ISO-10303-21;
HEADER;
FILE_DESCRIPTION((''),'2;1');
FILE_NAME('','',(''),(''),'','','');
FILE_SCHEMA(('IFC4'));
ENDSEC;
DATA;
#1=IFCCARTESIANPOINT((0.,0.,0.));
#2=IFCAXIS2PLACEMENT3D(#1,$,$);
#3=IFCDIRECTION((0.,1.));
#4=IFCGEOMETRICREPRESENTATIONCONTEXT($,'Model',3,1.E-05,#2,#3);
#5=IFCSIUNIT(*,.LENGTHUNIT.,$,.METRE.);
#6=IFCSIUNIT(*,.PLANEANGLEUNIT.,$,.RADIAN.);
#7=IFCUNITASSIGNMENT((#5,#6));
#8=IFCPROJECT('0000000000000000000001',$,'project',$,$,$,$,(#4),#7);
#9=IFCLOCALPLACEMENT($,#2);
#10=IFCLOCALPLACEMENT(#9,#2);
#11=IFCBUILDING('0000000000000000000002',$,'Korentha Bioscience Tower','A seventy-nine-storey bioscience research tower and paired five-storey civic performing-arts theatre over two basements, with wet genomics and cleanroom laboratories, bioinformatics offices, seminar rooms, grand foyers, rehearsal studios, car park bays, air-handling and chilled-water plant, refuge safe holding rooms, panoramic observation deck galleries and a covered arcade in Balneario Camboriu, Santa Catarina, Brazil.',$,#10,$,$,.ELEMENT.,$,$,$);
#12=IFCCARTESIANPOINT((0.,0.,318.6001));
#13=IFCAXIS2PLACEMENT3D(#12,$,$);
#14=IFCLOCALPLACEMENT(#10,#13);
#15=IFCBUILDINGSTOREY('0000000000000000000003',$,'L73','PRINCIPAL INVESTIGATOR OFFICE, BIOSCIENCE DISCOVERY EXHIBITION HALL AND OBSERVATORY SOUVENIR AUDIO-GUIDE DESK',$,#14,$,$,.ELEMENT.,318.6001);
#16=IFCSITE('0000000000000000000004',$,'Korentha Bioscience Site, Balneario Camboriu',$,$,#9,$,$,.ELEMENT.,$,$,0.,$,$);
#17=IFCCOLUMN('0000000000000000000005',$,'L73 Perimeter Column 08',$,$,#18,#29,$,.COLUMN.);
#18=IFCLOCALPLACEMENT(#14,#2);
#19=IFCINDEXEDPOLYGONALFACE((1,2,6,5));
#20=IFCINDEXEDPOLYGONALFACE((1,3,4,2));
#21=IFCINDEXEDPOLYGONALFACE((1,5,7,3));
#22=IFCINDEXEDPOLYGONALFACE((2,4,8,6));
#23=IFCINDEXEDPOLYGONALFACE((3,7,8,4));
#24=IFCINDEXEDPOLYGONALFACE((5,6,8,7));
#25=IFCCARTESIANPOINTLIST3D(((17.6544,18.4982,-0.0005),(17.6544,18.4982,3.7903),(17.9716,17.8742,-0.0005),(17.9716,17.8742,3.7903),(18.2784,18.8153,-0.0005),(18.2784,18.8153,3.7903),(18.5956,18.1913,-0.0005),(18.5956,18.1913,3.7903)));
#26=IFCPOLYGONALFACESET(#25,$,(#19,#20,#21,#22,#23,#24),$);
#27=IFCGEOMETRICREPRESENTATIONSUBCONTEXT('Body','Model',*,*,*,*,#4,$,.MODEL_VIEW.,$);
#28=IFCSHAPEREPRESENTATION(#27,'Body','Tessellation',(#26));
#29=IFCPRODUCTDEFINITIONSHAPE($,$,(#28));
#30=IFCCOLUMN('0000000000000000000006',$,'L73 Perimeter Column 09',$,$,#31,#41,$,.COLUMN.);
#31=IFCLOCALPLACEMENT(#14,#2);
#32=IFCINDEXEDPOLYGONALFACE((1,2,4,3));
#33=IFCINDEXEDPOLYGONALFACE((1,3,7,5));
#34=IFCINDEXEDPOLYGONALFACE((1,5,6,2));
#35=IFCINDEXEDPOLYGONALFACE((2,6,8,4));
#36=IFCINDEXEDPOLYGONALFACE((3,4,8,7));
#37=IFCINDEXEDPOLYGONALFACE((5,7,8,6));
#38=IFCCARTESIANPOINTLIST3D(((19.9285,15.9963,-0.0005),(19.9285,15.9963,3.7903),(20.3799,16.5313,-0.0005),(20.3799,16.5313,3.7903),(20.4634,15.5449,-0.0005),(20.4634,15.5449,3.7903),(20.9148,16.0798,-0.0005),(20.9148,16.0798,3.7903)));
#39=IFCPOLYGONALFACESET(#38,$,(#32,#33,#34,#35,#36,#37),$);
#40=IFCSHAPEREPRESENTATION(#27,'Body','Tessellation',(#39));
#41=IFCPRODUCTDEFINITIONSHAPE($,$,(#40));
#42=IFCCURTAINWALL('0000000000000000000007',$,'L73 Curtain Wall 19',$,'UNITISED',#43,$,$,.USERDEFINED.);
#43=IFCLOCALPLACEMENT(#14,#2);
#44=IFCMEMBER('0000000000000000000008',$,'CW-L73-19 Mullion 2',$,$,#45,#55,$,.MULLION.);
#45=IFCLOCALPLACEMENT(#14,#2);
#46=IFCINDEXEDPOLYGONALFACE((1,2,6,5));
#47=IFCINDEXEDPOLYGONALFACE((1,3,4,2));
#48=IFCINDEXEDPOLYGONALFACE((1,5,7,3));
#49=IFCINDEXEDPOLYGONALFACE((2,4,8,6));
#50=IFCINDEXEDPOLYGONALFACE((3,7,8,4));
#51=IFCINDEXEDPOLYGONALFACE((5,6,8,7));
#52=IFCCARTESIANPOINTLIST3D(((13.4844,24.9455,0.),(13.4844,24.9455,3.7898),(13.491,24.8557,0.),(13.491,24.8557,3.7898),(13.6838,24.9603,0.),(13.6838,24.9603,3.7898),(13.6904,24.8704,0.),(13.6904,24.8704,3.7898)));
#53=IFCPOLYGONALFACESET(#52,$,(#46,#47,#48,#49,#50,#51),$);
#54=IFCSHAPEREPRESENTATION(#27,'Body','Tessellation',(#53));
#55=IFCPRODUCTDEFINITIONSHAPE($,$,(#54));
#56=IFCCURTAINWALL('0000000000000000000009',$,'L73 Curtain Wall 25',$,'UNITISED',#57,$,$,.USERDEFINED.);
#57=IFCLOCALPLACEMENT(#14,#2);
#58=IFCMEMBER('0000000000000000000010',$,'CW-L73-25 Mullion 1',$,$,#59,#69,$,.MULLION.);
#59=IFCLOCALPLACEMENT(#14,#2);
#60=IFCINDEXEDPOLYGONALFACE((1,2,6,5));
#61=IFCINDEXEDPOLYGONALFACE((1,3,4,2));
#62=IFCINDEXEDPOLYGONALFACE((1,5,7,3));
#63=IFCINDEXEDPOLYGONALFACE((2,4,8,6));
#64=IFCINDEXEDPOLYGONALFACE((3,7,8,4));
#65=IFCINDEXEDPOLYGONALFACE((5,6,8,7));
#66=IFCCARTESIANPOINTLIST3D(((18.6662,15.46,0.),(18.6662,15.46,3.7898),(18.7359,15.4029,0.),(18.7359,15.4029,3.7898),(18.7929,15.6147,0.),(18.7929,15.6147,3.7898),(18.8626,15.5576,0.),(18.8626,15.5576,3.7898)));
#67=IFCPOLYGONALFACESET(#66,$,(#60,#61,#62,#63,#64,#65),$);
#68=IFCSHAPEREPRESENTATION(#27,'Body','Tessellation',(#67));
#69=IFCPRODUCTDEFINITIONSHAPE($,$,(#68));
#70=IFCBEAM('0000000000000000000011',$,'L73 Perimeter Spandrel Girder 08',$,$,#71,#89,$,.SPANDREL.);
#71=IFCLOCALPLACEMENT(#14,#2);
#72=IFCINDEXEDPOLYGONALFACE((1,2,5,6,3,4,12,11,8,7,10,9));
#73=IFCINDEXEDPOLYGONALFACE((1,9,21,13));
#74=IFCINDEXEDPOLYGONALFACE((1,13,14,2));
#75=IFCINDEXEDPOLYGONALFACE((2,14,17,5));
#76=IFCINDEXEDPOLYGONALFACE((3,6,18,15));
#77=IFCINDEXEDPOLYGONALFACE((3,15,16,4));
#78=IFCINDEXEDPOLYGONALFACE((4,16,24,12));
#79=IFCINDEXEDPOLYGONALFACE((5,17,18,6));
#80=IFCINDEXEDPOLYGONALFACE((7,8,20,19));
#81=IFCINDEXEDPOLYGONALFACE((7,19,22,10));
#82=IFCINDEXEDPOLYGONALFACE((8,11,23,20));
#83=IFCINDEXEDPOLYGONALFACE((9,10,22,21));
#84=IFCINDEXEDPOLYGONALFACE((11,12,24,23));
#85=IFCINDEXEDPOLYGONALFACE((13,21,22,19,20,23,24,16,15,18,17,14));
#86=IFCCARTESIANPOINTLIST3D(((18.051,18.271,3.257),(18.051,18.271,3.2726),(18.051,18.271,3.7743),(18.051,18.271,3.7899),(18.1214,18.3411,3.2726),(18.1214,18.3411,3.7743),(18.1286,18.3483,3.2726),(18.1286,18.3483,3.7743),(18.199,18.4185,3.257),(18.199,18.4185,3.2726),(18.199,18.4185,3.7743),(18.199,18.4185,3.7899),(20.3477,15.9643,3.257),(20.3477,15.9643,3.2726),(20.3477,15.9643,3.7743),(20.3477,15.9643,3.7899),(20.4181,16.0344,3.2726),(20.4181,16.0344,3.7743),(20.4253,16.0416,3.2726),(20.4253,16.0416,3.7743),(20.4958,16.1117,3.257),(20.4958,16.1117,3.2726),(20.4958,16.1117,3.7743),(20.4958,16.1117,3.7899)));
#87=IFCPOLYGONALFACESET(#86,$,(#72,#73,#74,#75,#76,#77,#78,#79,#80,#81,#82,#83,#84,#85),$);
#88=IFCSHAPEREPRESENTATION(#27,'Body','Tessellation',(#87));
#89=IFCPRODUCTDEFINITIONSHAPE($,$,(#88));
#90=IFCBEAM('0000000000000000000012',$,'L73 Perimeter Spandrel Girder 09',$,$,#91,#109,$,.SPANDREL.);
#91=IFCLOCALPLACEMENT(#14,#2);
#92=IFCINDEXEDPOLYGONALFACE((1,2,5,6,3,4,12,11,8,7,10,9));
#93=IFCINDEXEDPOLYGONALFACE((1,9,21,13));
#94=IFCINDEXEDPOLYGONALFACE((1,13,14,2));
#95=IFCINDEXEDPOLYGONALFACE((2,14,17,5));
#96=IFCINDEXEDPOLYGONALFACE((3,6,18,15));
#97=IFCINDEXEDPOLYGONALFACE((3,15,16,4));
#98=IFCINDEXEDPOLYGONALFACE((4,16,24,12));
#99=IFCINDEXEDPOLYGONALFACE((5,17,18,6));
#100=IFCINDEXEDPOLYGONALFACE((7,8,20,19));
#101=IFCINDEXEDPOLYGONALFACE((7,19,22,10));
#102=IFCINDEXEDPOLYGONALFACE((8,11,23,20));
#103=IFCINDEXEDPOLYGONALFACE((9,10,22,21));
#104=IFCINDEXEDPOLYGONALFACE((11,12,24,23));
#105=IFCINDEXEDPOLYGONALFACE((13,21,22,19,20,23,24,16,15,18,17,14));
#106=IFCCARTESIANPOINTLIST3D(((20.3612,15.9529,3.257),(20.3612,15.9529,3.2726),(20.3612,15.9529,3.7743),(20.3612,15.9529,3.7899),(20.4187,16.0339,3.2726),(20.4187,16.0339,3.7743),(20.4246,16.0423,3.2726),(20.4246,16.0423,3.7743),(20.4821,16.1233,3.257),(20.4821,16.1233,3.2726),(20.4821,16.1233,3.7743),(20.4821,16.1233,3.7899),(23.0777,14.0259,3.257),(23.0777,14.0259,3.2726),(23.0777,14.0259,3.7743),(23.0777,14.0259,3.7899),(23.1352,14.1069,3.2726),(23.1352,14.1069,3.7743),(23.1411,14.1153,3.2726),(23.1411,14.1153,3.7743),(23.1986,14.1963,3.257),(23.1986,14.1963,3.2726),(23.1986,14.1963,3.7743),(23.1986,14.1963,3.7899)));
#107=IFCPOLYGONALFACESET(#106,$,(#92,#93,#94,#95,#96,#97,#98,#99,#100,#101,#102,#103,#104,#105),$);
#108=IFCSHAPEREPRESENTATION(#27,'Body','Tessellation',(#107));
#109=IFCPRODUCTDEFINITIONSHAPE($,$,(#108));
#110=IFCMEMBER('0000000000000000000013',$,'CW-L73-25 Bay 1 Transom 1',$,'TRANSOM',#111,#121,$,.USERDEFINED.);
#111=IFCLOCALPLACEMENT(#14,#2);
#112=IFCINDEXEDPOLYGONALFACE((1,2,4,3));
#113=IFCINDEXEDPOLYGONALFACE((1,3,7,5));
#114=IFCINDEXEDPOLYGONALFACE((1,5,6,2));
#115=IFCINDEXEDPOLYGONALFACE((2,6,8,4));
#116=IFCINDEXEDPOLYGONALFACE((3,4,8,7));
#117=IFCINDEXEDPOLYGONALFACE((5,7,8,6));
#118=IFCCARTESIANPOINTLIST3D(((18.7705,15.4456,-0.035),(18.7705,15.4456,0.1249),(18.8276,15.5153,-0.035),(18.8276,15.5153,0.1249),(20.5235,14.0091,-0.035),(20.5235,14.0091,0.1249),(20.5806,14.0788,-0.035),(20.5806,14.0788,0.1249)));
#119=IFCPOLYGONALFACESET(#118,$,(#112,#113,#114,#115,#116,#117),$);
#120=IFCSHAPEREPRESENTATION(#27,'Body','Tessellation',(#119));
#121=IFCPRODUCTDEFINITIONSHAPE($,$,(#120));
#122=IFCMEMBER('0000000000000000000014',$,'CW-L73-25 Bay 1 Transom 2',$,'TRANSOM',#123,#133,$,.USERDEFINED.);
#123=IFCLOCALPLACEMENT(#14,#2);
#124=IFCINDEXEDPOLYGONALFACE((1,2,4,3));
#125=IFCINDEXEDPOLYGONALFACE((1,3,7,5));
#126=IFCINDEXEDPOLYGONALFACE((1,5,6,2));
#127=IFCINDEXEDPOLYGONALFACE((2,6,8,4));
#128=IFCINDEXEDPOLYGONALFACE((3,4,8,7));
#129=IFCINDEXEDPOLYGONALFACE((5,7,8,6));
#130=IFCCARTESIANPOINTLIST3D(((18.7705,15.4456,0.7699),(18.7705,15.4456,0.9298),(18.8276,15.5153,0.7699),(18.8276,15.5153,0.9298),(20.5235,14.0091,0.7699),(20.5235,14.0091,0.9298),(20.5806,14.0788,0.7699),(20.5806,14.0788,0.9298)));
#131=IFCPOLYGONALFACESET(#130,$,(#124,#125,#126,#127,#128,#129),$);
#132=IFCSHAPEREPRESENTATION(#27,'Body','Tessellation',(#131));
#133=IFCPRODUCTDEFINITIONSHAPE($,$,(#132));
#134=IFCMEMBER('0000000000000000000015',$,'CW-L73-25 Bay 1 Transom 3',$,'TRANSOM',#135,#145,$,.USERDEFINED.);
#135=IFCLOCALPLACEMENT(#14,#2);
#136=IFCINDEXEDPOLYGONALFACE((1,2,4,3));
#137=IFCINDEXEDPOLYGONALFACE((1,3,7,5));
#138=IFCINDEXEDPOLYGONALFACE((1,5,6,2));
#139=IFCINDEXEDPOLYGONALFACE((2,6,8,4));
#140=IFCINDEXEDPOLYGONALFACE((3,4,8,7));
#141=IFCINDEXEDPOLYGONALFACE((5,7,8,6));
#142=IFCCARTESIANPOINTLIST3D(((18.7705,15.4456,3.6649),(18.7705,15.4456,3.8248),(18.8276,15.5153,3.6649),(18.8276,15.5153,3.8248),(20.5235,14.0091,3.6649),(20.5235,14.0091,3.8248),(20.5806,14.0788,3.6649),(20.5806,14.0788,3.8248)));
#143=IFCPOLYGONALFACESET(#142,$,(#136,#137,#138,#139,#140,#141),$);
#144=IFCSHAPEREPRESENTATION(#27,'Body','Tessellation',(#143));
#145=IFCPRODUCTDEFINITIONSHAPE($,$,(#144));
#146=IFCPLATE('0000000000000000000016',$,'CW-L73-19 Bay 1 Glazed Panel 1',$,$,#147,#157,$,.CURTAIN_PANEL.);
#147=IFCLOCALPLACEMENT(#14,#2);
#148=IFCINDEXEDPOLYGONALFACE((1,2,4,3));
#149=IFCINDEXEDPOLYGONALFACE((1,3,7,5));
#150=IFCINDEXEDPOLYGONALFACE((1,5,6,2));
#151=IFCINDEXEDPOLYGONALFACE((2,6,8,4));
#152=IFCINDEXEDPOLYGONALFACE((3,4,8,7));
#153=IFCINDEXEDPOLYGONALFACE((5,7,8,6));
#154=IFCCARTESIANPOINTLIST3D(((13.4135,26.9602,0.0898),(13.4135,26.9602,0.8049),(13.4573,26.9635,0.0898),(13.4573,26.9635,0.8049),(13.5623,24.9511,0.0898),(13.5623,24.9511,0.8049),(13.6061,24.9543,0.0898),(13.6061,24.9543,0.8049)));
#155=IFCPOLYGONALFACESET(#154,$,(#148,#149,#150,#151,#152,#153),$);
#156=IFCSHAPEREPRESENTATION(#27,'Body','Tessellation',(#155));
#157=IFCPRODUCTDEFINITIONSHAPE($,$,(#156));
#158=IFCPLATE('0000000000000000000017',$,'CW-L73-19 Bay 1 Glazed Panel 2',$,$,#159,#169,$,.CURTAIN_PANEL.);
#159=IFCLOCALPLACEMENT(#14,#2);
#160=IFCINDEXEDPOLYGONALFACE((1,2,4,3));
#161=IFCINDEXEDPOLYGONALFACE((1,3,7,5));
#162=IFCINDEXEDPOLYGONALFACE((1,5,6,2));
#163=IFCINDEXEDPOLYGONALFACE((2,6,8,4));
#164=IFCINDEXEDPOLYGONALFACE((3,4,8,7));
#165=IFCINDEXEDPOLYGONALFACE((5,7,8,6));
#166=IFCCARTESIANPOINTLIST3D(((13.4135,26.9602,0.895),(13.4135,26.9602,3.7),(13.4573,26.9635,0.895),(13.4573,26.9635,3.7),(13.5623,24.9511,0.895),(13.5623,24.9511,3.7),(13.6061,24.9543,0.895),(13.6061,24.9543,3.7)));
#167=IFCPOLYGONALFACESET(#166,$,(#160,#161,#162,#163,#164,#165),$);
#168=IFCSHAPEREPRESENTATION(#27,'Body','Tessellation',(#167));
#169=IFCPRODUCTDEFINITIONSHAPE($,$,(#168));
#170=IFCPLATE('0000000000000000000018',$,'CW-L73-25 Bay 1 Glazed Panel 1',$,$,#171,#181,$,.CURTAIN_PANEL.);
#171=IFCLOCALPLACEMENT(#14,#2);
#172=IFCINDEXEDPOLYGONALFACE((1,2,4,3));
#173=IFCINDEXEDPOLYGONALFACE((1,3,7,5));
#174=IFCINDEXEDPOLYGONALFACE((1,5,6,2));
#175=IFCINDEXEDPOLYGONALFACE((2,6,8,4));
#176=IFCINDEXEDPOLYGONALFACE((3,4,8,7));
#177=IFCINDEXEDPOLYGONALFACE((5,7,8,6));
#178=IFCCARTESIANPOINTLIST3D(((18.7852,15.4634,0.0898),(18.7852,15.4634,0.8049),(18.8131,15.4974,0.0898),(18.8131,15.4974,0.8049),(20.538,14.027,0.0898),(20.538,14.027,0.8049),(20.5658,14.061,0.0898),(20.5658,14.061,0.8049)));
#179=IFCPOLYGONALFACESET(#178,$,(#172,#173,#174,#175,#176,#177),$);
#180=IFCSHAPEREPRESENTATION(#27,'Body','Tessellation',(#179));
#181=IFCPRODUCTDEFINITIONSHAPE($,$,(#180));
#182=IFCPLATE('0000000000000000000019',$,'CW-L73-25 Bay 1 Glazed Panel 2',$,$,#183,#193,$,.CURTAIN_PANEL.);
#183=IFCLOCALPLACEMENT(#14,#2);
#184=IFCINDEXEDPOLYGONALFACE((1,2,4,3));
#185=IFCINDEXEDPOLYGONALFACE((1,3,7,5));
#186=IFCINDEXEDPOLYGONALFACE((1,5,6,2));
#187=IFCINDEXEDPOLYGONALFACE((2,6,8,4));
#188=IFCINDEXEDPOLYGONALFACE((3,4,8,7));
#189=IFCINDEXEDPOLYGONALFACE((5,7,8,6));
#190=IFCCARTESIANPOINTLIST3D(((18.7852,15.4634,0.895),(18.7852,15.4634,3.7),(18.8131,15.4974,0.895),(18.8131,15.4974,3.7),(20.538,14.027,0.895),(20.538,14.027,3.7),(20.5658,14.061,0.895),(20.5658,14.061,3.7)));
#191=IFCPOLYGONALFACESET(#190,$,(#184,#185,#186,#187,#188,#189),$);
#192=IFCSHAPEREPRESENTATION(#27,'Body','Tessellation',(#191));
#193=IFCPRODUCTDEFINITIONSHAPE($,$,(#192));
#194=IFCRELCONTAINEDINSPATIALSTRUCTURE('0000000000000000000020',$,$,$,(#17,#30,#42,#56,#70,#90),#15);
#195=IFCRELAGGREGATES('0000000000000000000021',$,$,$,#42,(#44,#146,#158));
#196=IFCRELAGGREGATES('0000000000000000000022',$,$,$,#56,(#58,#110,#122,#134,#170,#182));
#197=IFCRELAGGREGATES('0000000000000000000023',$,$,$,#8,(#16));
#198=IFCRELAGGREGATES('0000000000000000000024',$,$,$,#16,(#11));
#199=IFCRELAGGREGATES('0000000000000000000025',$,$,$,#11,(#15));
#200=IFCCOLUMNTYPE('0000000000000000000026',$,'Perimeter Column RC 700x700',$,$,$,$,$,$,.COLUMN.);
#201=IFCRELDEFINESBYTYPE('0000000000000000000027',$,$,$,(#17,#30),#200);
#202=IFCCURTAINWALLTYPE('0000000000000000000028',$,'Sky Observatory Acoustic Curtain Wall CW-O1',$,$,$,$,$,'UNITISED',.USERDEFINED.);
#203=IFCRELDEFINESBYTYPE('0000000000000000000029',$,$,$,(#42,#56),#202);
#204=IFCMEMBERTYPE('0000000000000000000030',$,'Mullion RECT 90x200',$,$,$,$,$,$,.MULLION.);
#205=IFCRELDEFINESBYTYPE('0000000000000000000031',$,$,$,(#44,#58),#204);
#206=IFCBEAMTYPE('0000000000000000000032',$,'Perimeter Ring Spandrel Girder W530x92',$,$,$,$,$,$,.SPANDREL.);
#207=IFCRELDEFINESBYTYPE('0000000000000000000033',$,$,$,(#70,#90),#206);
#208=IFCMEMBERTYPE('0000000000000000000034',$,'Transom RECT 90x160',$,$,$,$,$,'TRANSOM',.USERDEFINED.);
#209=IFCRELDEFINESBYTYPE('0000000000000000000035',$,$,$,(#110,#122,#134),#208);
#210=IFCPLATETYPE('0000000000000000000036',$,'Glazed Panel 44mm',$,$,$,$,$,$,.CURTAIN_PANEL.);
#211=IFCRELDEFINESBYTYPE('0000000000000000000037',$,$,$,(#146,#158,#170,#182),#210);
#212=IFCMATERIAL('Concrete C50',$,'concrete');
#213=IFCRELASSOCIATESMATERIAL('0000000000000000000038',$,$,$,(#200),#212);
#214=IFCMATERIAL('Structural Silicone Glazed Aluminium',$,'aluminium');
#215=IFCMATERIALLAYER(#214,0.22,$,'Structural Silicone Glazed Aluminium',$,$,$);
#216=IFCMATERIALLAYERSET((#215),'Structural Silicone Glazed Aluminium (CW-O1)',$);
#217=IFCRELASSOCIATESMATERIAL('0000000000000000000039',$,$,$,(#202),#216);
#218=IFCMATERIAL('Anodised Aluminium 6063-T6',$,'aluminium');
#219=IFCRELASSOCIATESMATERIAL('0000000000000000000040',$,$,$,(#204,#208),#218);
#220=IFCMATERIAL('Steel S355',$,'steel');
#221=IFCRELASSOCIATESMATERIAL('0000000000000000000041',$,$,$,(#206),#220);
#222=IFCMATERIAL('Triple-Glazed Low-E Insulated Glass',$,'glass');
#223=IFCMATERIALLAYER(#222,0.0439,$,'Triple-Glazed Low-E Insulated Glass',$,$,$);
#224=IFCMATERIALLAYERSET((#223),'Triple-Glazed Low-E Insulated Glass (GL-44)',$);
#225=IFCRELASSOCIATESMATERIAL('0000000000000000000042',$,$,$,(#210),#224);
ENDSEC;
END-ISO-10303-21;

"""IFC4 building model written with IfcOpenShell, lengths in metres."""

from ifc_helpers import new_model, si_unit, direction, frame, origin, origin_2d, place, context, subcontext, project, spatial, rectangle, i_section, extrude, material, layer, layer_set, material_profile, profile_set, type_object, element, aggregate, save


model = new_model("IFC4")

# Units and contexts
model_context = context("Model", 3, precision=1e-05, world=origin(), true_north=direction((0.0, 1.0)))
body_context = subcontext(model_context, "Body", "Model", "MODEL_VIEW")
ifc_project = project(units=[si_unit("LENGTHUNIT", "METRE"), si_unit("PLANEANGLEUNIT", "RADIAN")], contexts=[model_context])

# Site, building, storey
site_placement = place(None, origin())
site = spatial("IfcSite", under=ifc_project, at=site_placement, Name="Korentha Bioscience Site, Balneario Camboriu", CompositionType="ELEMENT", RefElevation=0.0)
building_placement = place(site_placement, origin())
building = spatial("IfcBuilding", under=site, at=building_placement, Name="Korentha Bioscience Tower", Description="A seventy-nine-storey bioscience research tower and paired five-storey civic performing-arts theatre over two basements, with wet genomics and cleanroom laboratories, bioinformatics offices, seminar rooms, grand foyers, rehearsal studios, car park bays, air-handling and chilled-water plant, refuge safe holding rooms, panoramic observation deck galleries and a covered arcade in Balneario Camboriu, Santa Catarina, Brazil.", CompositionType="ELEMENT")
storey_placement = place(building_placement, frame((0.0, 0.0, 318.6001)))
storey = spatial("IfcBuildingStorey", under=building, at=storey_placement, Name="L73", Description="PRINCIPAL INVESTIGATOR OFFICE, BIOSCIENCE DISCOVERY EXHIBITION HALL AND OBSERVATORY SOUVENIR AUDIO-GUIDE DESK", CompositionType="ELEMENT", Elevation=318.6001)

# Columns
ifc_material_1 = material(Name="Concrete C50", Category="concrete")
ifc_material_profile_1 = material_profile(ifc_material_1, rectangle(XDim=0.7, YDim=0.7, at=origin_2d()), Name="Concrete C50")
ifc_profile_set_1 = profile_set([ifc_material_profile_1], Name="Concrete C50 (COL-P07)")
column_type = type_object("IfcColumnType", Name="Perimeter Column RC 700x700", PredefinedType="COLUMN", material=ifc_profile_set_1)
for number, where, z_axis, x_axis, name in (
    (1, (18.125, 18.3447, -0.0005), (0.0, 0.0, 1.0), (-0.453057, 0.891481, 0.0), "L73 Perimeter Column 08"),
    (2, (20.4216, 16.0381, -0.0005), (0.0, 0.0, 1.0), (-0.764246, 0.644924, 0.0), "L73 Perimeter Column 09"),
):
    element("IfcColumn", number, at=place(storey_placement, frame(where, z_axis=z_axis, x_axis=x_axis)), inside=storey, type_object=column_type, Name=name, PredefinedType="COLUMN", context=body_context, shape_type="SweptSolid", body=[
        extrude(rectangle(XDim=0.7, YDim=0.7, at=origin_2d()), origin(), (0.0, 0.0, 1.0), 3.7908),
    ])

# Curtain walls, members
ifc_material_2 = material(Name="Structural Silicone Glazed Aluminium", Category="aluminium")
ifc_layer_1 = layer(ifc_material_2, 0.22, Name="Structural Silicone Glazed Aluminium")
ifc_layer_set_1 = layer_set([ifc_layer_1], Name="Structural Silicone Glazed Aluminium (CW-O1)")
curtain_wall_type = type_object("IfcCurtainWallType", Name="Sky Observatory Acoustic Curtain Wall CW-O1", ElementType="UNITISED", PredefinedType="USERDEFINED", material=ifc_layer_set_1)
curtain_wall_1_placement = place(storey_placement, origin())
curtain_wall_1 = element("IfcCurtainWall", 3, at=curtain_wall_1_placement, inside=storey, type_object=curtain_wall_type, Name="L73 Curtain Wall 19", ObjectType="UNITISED", PredefinedType="USERDEFINED")
ifc_material_3 = material(Name="Anodised Aluminium 6063-T6", Category="aluminium")
ifc_material_profile_2 = material_profile(ifc_material_3, rectangle(XDim=0.0901, YDim=0.2, at=origin_2d()), Name="Anodised Aluminium 6063-T6")
ifc_profile_set_2 = profile_set([ifc_material_profile_2], Name="Anodised Aluminium 6063-T6 (CW-MUL)")
member_type_1 = type_object("IfcMemberType", Name="Mullion RECT 90x200", PredefinedType="MULLION", material=ifc_profile_set_2)
member_1_placement = place(storey_placement, frame((13.5874, 24.908, 0.0), z_axis=(0.0, 0.0, 1.0), x_axis=(0.07386, -0.997269, 0.0)))
member_1 = element("IfcMember", 4, at=member_1_placement, type_object=member_type_1, Name="CW-L73-19 Mullion 2", PredefinedType="MULLION", context=body_context, shape_type="SweptSolid", body=[
    extrude(rectangle(XDim=0.0901, YDim=0.2, at=origin_2d()), origin(), (0.0, 0.0, 1.0), 3.7898),
])
curtain_wall_2_placement = place(storey_placement, origin())
curtain_wall_2 = element("IfcCurtainWall", 5, at=curtain_wall_2_placement, inside=storey, type_object=curtain_wall_type, Name="L73 Curtain Wall 25", ObjectType="UNITISED", PredefinedType="USERDEFINED")
member_2_placement = place(storey_placement, frame((18.7644, 15.5088, 0.0), z_axis=(0.0, 0.0, 1.0), x_axis=(0.773456, -0.63385, 0.0)))
member_2 = element("IfcMember", 6, at=member_2_placement, type_object=member_type_1, Name="CW-L73-25 Mullion 1", PredefinedType="MULLION", context=body_context, shape_type="SweptSolid", body=[
    extrude(rectangle(XDim=0.0901, YDim=0.2, at=origin_2d()), origin(), (0.0, 0.0, 1.0), 3.7898),
])

# Beams
ifc_material_4 = material(Name="Steel S355", Category="steel")
ifc_material_profile_3 = material_profile(ifc_material_4, i_section(OverallWidth=0.209, OverallDepth=0.533, WebThickness=0.0103, FlangeThickness=0.0156, at=origin_2d()), Name="Steel S355")
ifc_profile_set_3 = profile_set([ifc_material_profile_3], Name="Steel S355 (SB-530)")
beam_type = type_object("IfcBeamType", Name="Perimeter Ring Spandrel Girder W530x92", PredefinedType="SPANDREL", material=ifc_profile_set_3)
beam_1_placement = place(storey_placement, frame((18.125, 18.3447, 3.5234), z_axis=(0.705568, -0.708643, 0.0), x_axis=(0.708643, 0.705568, 0.0)))
element("IfcBeam", 7, at=beam_1_placement, inside=storey, type_object=beam_type, Name="L73 Perimeter Spandrel Girder 08", PredefinedType="SPANDREL", context=body_context, shape_type="SweptSolid", body=[
    extrude(i_section(OverallWidth=0.209, OverallDepth=0.533, WebThickness=0.0103, FlangeThickness=0.0156, at=origin_2d()), origin(), (0.0, 0.0, 1.0), 3.2551),
])
beam_2_placement = place(storey_placement, frame((20.4216, 16.0381, 3.5234), z_axis=(0.815631, -0.578572, 0.0), x_axis=(0.578572, 0.815631, 0.0)))
element("IfcBeam", 8, at=beam_2_placement, inside=storey, type_object=beam_type, Name="L73 Perimeter Spandrel Girder 09", PredefinedType="SPANDREL", context=body_context, shape_type="SweptSolid", body=[
    extrude(i_section(OverallWidth=0.209, OverallDepth=0.533, WebThickness=0.0103, FlangeThickness=0.0156, at=origin_2d()), origin(), (0.0, 0.0, 1.0), 3.3306),
])

# Members
ifc_material_profile_4 = material_profile(ifc_material_3, rectangle(XDim=0.0901, YDim=0.1599, at=origin_2d()), Name="Anodised Aluminium 6063-T6")
ifc_profile_set_4 = profile_set([ifc_material_profile_4], Name="Anodised Aluminium 6063-T6 (CW-TRN)")
member_type_2 = type_object("IfcMemberType", Name="Transom RECT 90x160", ElementType="TRANSOM", PredefinedType="USERDEFINED", material=ifc_profile_set_4)
member_3_placement = place(storey_placement, frame((18.7991, 15.4805, 0.0449), z_axis=(0.773458, -0.633848, 0.0), x_axis=(0.633848, 0.773458, 0.0)))
member_3 = element("IfcMember", 9, at=member_3_placement, type_object=member_type_2, Name="CW-L73-25 Bay 1 Transom 1", ObjectType="TRANSOM", PredefinedType="USERDEFINED", context=body_context, shape_type="SweptSolid", body=[
    extrude(rectangle(XDim=0.0901, YDim=0.1599, at=origin_2d()), origin(), (0.0, 0.0, 1.0), 2.2664),
])
member_4_placement = place(storey_placement, frame((18.7991, 15.4805, 0.8499), z_axis=(0.773458, -0.633848, 0.0), x_axis=(0.633848, 0.773458, 0.0)))
member_4 = element("IfcMember", 10, at=member_4_placement, type_object=member_type_2, Name="CW-L73-25 Bay 1 Transom 2", ObjectType="TRANSOM", PredefinedType="USERDEFINED", context=body_context, shape_type="SweptSolid", body=[
    extrude(rectangle(XDim=0.0901, YDim=0.1599, at=origin_2d()), origin(), (0.0, 0.0, 1.0), 2.2664),
])
member_5_placement = place(storey_placement, frame((18.7991, 15.4805, 3.7449), z_axis=(0.773458, -0.633848, 0.0), x_axis=(0.633848, 0.773458, 0.0)))
member_5 = element("IfcMember", 11, at=member_5_placement, type_object=member_type_2, Name="CW-L73-25 Bay 1 Transom 3", ObjectType="TRANSOM", PredefinedType="USERDEFINED", context=body_context, shape_type="SweptSolid", body=[
    extrude(rectangle(XDim=0.0901, YDim=0.1599, at=origin_2d()), origin(), (0.0, 0.0, 1.0), 2.2664),
])

# Plates
ifc_material_5 = material(Name="Triple-Glazed Low-E Insulated Glass", Category="glass")
ifc_layer_2 = layer(ifc_material_5, 0.0439, Name="Triple-Glazed Low-E Insulated Glass")
ifc_layer_set_2 = layer_set([ifc_layer_2], Name="Triple-Glazed Low-E Insulated Glass (GL-44)")
plate_type = type_object("IfcPlateType", Name="Glazed Panel 44mm", PredefinedType="CURTAIN_PANEL", material=ifc_layer_set_2)
plate_1_placement = place(storey_placement, frame((13.5098, 25.9573, 0.0898), z_axis=(0.0, 0.0, 1.0), x_axis=(0.07386, -0.997269, 0.0)))
plate_1 = element("IfcPlate", 12, at=plate_1_placement, type_object=plate_type, Name="CW-L73-19 Bay 1 Glazed Panel 1", PredefinedType="CURTAIN_PANEL", context=body_context, shape_type="SweptSolid", body=[
    extrude(rectangle(XDim=2.0146, YDim=0.0439, at=origin_2d()), origin(), (0.0, 0.0, 1.0), 0.7151),
])
plate_2_placement = place(storey_placement, frame((13.5098, 25.9573, 0.895), z_axis=(0.0, 0.0, 1.0), x_axis=(0.07386, -0.997269, 0.0)))
plate_2 = element("IfcPlate", 13, at=plate_2_placement, type_object=plate_type, Name="CW-L73-19 Bay 1 Glazed Panel 2", PredefinedType="CURTAIN_PANEL", context=body_context, shape_type="SweptSolid", body=[
    extrude(rectangle(XDim=2.0146, YDim=0.0439, at=origin_2d()), origin(), (0.0, 0.0, 1.0), 2.8049),
])
aggregate(curtain_wall_1, [member_1, plate_1, plate_2])
plate_3_placement = place(storey_placement, frame((19.6755, 14.7622, 0.0898), z_axis=(0.0, 0.0, 1.0), x_axis=(0.773456, -0.63385, 0.0)))
plate_3 = element("IfcPlate", 14, at=plate_3_placement, type_object=plate_type, Name="CW-L73-25 Bay 1 Glazed Panel 1", PredefinedType="CURTAIN_PANEL", context=body_context, shape_type="SweptSolid", body=[
    extrude(rectangle(XDim=2.2661, YDim=0.0439, at=origin_2d()), origin(), (0.0, 0.0, 1.0), 0.7151),
])
plate_4_placement = place(storey_placement, frame((19.6755, 14.7622, 0.895), z_axis=(0.0, 0.0, 1.0), x_axis=(0.773456, -0.63385, 0.0)))
plate_4 = element("IfcPlate", 15, at=plate_4_placement, type_object=plate_type, Name="CW-L73-25 Bay 1 Glazed Panel 2", PredefinedType="CURTAIN_PANEL", context=body_context, shape_type="SweptSolid", body=[
    extrude(rectangle(XDim=2.2661, YDim=0.0439, at=origin_2d()), origin(), (0.0, 0.0, 1.0), 2.8049),
])
aggregate(curtain_wall_2, [member_2, member_3, member_4, member_5, plate_3, plate_4])

save(model, "model.ifc")
